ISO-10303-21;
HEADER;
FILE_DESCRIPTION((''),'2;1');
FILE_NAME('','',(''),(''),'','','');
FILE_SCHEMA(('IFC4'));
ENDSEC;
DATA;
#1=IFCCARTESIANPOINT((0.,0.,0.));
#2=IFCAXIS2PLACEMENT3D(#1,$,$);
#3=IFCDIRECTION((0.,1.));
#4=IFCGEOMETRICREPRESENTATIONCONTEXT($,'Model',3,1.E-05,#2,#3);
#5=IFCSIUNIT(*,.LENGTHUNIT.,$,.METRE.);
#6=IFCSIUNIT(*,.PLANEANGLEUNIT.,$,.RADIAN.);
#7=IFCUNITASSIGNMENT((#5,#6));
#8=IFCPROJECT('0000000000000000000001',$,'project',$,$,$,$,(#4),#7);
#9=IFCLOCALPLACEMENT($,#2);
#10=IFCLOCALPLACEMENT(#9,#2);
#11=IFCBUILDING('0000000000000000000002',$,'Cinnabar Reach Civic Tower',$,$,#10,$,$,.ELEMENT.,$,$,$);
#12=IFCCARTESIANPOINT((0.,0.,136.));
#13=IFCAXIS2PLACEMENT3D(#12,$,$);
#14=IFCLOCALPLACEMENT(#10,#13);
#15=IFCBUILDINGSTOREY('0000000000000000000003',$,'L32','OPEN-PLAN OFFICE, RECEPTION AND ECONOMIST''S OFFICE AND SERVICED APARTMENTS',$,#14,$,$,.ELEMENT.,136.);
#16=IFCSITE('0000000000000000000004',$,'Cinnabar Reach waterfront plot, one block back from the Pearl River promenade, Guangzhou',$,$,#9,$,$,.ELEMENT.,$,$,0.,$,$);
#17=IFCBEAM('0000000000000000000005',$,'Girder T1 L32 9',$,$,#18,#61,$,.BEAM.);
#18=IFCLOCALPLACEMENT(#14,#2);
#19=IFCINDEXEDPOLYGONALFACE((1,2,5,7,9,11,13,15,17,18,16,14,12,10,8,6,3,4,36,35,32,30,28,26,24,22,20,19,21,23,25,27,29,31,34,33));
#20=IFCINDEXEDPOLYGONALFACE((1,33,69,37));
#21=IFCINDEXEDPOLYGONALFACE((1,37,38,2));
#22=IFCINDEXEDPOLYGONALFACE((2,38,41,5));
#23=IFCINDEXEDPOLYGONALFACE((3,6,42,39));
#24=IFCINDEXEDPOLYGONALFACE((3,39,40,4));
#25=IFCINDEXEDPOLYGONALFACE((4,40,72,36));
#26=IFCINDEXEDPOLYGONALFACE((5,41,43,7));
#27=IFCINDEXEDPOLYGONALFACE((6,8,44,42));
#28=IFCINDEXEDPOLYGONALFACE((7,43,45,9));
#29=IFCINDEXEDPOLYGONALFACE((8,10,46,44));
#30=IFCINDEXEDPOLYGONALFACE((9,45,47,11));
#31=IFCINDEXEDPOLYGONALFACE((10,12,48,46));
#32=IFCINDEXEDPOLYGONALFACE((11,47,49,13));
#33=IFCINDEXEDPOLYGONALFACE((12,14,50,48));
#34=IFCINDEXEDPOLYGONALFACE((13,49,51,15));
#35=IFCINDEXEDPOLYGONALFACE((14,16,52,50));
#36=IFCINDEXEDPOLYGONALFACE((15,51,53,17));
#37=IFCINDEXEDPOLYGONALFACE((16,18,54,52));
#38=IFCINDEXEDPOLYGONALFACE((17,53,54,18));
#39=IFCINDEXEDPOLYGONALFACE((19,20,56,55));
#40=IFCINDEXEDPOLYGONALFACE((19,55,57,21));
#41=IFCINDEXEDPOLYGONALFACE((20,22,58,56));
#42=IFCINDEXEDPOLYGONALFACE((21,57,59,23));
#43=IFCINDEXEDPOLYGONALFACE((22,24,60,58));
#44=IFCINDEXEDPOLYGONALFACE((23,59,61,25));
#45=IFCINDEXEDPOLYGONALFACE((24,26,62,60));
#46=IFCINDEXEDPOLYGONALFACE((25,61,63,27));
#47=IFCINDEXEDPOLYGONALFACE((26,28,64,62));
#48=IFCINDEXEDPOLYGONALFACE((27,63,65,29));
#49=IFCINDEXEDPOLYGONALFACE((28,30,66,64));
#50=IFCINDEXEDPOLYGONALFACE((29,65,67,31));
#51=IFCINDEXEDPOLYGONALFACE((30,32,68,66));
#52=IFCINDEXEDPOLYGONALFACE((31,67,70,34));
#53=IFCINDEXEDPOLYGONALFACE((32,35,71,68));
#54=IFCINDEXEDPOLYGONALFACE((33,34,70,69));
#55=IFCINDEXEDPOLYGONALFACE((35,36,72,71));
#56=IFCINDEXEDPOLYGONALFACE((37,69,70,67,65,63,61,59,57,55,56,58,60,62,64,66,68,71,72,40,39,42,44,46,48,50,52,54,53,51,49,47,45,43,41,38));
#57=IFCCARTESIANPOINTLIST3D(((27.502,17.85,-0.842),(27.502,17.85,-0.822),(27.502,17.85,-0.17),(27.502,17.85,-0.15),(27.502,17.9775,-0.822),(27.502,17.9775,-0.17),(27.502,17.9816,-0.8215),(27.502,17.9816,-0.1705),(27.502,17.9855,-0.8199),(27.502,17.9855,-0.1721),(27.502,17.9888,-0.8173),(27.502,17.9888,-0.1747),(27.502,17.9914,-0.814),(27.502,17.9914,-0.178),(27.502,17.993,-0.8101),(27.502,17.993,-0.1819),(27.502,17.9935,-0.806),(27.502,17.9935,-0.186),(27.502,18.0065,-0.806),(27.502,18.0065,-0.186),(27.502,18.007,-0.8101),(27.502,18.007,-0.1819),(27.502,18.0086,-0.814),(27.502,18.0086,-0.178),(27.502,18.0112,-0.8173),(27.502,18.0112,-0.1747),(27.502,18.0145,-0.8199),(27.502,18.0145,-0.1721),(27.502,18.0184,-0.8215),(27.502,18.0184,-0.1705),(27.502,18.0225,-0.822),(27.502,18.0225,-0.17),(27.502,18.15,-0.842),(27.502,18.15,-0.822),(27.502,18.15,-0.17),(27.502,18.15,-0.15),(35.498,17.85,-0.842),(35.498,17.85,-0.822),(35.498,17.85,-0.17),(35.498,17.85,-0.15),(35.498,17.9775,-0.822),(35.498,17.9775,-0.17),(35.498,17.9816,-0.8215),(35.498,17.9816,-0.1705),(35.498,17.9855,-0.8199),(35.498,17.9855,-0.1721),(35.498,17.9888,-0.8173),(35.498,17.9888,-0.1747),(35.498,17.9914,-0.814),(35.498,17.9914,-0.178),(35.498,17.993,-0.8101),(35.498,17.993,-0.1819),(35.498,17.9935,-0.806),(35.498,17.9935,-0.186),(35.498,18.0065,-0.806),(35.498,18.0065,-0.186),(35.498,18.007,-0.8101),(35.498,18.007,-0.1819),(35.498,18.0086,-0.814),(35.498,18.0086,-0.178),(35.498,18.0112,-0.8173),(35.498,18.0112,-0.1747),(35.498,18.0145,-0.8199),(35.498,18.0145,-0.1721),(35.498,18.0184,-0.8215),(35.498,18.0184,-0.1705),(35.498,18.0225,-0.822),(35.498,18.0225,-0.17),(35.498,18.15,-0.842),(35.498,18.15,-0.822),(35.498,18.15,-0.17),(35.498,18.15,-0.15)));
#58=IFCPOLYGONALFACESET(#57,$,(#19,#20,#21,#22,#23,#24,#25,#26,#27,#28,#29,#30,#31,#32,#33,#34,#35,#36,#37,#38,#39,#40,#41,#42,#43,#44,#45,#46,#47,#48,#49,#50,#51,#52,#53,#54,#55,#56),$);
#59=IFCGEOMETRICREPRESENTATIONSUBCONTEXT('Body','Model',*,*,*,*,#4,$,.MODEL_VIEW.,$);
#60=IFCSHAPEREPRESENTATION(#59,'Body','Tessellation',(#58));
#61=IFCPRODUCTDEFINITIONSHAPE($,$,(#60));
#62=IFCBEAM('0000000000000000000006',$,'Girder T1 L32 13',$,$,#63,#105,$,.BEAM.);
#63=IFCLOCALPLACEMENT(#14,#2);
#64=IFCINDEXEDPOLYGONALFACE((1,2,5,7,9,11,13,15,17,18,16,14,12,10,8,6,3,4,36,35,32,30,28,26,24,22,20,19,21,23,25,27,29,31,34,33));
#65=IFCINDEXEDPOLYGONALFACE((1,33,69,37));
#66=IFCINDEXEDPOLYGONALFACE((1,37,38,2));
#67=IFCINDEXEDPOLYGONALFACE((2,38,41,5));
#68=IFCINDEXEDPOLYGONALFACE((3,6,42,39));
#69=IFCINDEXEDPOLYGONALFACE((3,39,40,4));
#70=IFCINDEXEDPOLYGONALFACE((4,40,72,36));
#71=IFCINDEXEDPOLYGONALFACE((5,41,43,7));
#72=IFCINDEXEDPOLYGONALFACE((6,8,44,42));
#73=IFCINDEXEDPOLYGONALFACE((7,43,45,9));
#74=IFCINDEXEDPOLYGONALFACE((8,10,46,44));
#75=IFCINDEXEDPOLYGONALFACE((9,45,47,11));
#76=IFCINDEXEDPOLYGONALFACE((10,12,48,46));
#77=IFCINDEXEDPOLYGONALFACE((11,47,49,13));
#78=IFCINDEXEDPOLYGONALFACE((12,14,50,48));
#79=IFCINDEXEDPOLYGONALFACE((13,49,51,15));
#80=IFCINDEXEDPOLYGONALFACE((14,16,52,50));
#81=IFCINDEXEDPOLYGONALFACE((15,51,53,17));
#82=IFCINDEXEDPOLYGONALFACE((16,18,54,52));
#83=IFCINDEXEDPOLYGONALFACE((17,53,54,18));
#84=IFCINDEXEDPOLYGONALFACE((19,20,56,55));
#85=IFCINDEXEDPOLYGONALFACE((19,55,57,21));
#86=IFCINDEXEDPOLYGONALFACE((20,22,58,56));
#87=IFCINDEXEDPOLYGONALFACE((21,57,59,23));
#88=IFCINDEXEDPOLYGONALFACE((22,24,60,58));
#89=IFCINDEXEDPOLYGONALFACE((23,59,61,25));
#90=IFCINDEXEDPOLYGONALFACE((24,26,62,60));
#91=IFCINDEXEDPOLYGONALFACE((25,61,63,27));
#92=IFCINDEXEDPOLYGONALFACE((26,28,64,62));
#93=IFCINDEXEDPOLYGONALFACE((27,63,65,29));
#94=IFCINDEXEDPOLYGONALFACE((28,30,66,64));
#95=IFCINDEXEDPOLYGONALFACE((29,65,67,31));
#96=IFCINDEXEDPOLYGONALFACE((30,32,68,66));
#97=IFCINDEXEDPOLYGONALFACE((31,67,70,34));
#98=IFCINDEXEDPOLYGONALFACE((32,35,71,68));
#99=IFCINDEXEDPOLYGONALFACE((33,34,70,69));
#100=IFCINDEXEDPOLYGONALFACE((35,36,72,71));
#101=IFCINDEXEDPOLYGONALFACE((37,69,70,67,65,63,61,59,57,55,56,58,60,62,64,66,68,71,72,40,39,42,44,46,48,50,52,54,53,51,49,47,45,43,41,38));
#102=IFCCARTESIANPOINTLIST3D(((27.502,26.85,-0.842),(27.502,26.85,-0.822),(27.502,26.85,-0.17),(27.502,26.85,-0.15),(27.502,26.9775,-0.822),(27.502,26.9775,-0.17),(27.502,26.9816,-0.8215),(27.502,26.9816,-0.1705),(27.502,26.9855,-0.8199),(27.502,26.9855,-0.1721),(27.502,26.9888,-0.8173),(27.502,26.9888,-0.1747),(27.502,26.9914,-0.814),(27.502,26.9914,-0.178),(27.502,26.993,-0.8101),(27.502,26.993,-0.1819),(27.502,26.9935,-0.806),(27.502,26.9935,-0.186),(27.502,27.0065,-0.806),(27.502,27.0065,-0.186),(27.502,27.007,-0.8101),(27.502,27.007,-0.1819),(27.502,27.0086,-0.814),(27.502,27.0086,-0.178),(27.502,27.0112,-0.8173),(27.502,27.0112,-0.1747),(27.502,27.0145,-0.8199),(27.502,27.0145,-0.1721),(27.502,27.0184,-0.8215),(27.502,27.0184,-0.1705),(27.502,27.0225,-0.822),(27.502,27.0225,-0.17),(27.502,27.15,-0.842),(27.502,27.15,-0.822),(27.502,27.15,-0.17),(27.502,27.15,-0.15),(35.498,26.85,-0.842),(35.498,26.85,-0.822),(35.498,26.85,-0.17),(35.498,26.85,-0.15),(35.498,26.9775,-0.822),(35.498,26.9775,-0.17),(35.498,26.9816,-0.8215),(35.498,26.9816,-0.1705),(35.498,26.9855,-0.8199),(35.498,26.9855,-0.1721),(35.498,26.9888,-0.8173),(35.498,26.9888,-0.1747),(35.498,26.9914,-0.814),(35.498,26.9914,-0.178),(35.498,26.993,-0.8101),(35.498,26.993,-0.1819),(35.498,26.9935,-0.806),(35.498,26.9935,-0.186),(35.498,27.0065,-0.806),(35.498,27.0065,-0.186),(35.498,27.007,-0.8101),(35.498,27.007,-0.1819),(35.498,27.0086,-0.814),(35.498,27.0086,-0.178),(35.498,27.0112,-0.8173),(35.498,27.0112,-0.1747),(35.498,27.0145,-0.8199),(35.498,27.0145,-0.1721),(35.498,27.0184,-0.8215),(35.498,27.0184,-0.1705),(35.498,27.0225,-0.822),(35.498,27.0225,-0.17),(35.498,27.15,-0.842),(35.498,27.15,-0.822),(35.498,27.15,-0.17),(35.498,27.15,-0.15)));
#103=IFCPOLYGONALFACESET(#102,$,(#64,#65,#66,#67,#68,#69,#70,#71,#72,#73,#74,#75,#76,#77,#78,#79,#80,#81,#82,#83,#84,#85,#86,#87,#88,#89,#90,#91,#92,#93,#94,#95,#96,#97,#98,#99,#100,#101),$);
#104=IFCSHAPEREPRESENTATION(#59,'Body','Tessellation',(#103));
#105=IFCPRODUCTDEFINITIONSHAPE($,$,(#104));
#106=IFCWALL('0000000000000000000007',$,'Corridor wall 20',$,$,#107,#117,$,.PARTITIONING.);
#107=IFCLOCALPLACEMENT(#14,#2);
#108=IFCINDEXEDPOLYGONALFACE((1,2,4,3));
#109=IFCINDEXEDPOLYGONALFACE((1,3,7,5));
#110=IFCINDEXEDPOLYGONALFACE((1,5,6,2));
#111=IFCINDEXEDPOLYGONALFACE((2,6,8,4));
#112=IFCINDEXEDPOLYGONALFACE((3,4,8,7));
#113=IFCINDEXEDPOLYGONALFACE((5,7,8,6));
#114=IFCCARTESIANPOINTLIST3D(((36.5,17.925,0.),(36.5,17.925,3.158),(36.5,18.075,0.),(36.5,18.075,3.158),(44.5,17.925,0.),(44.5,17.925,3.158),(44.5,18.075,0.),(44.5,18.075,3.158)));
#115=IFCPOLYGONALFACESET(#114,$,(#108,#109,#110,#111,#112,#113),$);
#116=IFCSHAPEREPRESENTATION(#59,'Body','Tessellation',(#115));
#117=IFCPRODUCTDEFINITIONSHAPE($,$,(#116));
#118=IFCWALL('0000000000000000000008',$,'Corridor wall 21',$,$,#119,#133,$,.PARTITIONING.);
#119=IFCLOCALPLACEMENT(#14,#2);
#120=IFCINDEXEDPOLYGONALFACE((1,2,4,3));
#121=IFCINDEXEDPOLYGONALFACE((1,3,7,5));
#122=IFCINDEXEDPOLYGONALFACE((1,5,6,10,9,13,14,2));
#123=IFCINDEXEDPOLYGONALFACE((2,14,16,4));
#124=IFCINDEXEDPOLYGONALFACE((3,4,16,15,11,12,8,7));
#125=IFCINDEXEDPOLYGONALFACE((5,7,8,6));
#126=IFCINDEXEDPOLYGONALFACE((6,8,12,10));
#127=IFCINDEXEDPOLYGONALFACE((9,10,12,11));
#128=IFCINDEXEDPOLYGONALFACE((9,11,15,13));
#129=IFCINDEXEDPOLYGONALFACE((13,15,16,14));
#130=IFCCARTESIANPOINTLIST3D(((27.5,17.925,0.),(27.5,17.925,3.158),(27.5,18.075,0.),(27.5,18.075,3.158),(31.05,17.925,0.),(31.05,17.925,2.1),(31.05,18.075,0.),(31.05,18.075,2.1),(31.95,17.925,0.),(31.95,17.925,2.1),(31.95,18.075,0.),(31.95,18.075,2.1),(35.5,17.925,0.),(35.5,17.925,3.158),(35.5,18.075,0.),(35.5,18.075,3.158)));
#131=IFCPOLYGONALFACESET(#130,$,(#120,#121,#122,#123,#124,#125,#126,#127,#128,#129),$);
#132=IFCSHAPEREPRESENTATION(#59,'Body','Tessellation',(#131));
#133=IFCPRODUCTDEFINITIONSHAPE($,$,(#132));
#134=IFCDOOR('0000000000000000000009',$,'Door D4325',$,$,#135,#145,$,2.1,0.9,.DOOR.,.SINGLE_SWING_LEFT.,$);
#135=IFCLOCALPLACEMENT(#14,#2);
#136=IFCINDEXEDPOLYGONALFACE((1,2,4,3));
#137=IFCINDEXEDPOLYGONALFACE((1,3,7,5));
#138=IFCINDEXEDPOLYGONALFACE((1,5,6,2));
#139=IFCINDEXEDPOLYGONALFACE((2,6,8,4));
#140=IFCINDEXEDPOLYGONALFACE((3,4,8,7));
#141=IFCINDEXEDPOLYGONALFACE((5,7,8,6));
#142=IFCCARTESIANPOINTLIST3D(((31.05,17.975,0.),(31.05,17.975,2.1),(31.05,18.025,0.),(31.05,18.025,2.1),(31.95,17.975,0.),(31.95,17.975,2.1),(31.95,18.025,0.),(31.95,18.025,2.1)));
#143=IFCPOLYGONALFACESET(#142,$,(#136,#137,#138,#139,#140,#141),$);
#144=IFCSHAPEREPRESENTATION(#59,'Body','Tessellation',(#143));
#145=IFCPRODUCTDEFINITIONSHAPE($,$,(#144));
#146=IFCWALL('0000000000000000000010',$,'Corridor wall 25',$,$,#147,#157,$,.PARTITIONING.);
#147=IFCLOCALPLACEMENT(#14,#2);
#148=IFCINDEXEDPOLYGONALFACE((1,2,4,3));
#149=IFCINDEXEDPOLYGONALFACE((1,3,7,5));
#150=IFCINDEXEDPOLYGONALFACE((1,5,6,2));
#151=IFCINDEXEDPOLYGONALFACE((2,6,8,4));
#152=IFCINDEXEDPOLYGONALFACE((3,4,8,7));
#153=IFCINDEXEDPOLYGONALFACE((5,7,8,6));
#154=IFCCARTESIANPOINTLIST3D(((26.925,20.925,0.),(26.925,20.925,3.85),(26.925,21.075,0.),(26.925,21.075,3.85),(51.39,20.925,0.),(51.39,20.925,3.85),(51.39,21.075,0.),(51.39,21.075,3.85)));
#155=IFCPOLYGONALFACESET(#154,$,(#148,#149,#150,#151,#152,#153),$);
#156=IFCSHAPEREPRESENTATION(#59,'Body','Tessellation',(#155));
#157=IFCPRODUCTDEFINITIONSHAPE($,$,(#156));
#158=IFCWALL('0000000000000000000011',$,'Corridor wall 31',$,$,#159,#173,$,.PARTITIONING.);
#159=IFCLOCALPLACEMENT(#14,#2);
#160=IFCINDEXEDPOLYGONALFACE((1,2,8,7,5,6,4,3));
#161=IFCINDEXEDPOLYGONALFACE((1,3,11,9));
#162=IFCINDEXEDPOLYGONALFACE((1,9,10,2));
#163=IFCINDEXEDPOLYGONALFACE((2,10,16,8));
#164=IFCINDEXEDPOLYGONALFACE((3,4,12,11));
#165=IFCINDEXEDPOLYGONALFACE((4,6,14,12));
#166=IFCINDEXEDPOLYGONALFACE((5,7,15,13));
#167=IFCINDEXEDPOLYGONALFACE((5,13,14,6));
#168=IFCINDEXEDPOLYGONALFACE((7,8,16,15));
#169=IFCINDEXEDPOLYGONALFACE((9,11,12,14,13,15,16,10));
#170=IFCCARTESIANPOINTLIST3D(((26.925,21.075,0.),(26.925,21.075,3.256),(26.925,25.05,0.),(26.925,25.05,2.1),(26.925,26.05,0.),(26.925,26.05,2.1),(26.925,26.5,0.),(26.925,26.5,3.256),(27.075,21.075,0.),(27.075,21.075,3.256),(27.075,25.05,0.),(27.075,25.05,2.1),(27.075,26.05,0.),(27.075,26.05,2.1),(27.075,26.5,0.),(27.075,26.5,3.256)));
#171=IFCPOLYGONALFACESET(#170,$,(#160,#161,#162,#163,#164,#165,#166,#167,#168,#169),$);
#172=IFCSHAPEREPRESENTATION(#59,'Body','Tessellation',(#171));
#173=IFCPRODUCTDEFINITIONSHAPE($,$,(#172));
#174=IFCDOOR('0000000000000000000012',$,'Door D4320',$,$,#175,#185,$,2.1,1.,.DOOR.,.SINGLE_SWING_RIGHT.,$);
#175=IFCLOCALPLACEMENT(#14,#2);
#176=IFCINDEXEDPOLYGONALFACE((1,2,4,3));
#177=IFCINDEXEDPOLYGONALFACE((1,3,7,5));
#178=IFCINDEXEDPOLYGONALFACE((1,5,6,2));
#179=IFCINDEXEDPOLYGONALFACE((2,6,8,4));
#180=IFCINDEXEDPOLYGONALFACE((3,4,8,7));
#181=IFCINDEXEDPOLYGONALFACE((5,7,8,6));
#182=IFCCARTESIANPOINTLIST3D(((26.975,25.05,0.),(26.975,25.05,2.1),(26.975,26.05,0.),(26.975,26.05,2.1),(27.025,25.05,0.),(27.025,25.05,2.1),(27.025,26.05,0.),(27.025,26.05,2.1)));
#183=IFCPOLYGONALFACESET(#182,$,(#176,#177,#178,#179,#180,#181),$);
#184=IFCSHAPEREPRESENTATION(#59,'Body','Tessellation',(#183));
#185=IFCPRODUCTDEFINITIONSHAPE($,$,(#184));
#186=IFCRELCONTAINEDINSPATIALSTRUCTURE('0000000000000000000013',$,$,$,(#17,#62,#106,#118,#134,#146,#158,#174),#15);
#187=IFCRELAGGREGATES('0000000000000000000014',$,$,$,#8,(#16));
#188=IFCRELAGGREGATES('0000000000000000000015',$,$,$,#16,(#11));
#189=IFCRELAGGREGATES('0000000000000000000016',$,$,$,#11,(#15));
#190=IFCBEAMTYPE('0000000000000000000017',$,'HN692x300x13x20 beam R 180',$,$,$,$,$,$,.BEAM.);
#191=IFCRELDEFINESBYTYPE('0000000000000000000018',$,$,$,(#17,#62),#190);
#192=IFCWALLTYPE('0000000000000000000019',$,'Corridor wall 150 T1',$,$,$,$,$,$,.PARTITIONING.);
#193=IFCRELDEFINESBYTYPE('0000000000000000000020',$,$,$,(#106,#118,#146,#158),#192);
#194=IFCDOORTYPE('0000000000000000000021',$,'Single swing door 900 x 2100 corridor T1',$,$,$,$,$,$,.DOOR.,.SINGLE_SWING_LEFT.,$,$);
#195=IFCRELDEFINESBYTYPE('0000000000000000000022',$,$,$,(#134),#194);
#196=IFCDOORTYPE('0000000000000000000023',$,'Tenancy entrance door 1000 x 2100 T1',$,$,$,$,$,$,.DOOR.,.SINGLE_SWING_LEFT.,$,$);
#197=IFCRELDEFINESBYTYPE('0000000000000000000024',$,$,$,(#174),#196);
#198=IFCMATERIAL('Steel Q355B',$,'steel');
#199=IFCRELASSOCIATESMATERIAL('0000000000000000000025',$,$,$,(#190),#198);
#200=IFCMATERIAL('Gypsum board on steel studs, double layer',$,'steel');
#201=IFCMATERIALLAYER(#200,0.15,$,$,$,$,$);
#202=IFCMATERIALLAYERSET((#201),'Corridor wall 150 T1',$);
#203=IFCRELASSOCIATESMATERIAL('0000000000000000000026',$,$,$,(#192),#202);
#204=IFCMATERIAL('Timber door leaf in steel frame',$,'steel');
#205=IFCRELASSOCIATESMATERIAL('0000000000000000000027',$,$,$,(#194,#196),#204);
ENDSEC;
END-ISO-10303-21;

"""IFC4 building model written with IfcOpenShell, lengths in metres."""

from ifc_helpers import new_model, si_unit, direction, frame, frame_2d, origin, origin_2d, place, context, subcontext, project, spatial, rectangle, i_section, extrude, material, layer, layer_set, material_profile, profile_set, type_object, element, fill, save


model = new_model("IFC4")

# Units and contexts
model_context = context("Model", 3, precision=1e-05, world=origin(), true_north=direction((0.0, 1.0)))
body_context = subcontext(model_context, "Body", "Model", "MODEL_VIEW")
ifc_project = project(units=[si_unit("LENGTHUNIT", "METRE"), si_unit("PLANEANGLEUNIT", "RADIAN")], contexts=[model_context])

# Site, building, storey
site_placement = place(None, origin())
site = spatial("IfcSite", under=ifc_project, at=site_placement, Name="Cinnabar Reach waterfront plot, one block back from the Pearl River promenade, Guangzhou", CompositionType="ELEMENT", RefElevation=0.0)
building_placement = place(site_placement, origin())
building = spatial("IfcBuilding", under=site, at=building_placement, Name="Cinnabar Reach Civic Tower", CompositionType="ELEMENT")
storey_placement = place(building_placement, frame((0.0, 0.0, 136.0)))
storey = spatial("IfcBuildingStorey", under=building, at=storey_placement, Name="L32", Description="OPEN-PLAN OFFICE, RECEPTION AND ECONOMIST'S OFFICE AND SERVICED APARTMENTS", CompositionType="ELEMENT", Elevation=136.0)

# Beams
ifc_material_1 = material(Name="Steel Q355B", Category="steel")
ifc_material_profile_1 = material_profile(ifc_material_1, i_section(OverallWidth=0.3, OverallDepth=0.692, WebThickness=0.013, FlangeThickness=0.02, FilletRadius=0.016, at=origin_2d()), Name="HN692x300x13x20")
ifc_profile_set_1 = profile_set([ifc_material_profile_1], Name="Steel Q355B")
beam_type_1 = type_object("IfcBeamType", Name="HN692x300x13x20 beam R 180", PredefinedType="BEAM", material=ifc_profile_set_1)
for number, where, z_axis, x_axis, name in (
    (1, (27.502, 18.0, -0.496), (1.0, 0.0, 0.0), (0.0, 1.0, 0.0), "Girder T1 L32 9"),
    (2, (27.502, 27.0, -0.496), (1.0, 0.0, 0.0), (0.0, 1.0, 0.0), "Girder T1 L32 13"),
):
    element("IfcBeam", number, at=place(storey_placement, frame(where, z_axis=z_axis, x_axis=x_axis)), inside=storey, type_object=beam_type_1, Name=name, PredefinedType="BEAM", context=body_context, shape_type="SweptSolid", body=[
        extrude(i_section(OverallWidth=0.3, OverallDepth=0.692, WebThickness=0.013, FlangeThickness=0.02, FilletRadius=0.016, at=origin_2d()), origin(), (0.0, 0.0, 1.0), 7.996),
    ])

# Wall
ifc_material_2 = material(Name="Gypsum board on steel studs, double layer", Category="steel")
ifc_layer_1 = layer(ifc_material_2, 0.15)
ifc_layer_set_1 = layer_set([ifc_layer_1], Name="Corridor wall 150 T1")
wall_type_1 = type_object("IfcWallType", Name="Corridor wall 150 T1", PredefinedType="PARTITIONING", material=ifc_layer_set_1)
wall_1_placement = place(storey_placement, frame((36.5, 18.0, 0.0), z_axis=(0.0, 0.0, 1.0), x_axis=(1.0, 0.0, 0.0)))
element("IfcWall", 3, at=wall_1_placement, inside=storey, type_object=wall_type_1, Name="Corridor wall 20", PredefinedType="PARTITIONING", context=body_context, shape_type="SweptSolid", body=[
    extrude(rectangle(XDim=8.0, YDim=0.15, at=frame_2d((4.0, 0.0))), origin(), (0.0, 0.0, 1.0), 3.158),
])

# Wall, opening, door
wall_2_placement = place(storey_placement, frame((27.5, 18.0, 0.0), z_axis=(0.0, 0.0, 1.0), x_axis=(1.0, 0.0, 0.0)))
wall_2 = element("IfcWall", 4, at=wall_2_placement, inside=storey, type_object=wall_type_1, Name="Corridor wall 21", PredefinedType="PARTITIONING", context=body_context, shape_type="SweptSolid", body=[
    extrude(rectangle(XDim=8.0, YDim=0.15, at=frame_2d((4.0, 0.0))), origin(), (0.0, 0.0, 1.0), 3.158),
])
opening_1_placement = place(wall_2_placement, frame((3.55, 0.0, 0.0)))
opening_1 = element("IfcOpeningElement", 5, at=opening_1_placement, cuts=wall_2, PredefinedType="OPENING", context=body_context, shape_type="SweptSolid", body=[
    extrude(rectangle(XDim=0.9, YDim=2.1, at=frame_2d((0.45, 1.05))), frame((0.0, 0.085, 0.0), z_axis=(0.0, -1.0, 0.0), x_axis=(1.0, 0.0, 0.0)), (0.0, 0.0, 1.0), 0.17),
])
ifc_material_3 = material(Name="Timber door leaf in steel frame", Category="steel")
door_type_1 = type_object("IfcDoorType", Name="Single swing door 900 x 2100 corridor T1", OperationType="SINGLE_SWING_LEFT", PredefinedType="DOOR", material=ifc_material_3)
door_1_placement = place(opening_1_placement, frame((0.9, 0.0, 0.0), z_axis=(0.0, 0.0, 1.0), x_axis=(-1.0, 0.0, 0.0)))
door_1 = element("IfcDoor", 6, at=door_1_placement, inside=storey, type_object=door_type_1, Name="Door D4325", OperationType="SINGLE_SWING_LEFT", OverallHeight=2.1, OverallWidth=0.9, PredefinedType="DOOR", context=body_context, shape_type="SweptSolid", body=[
    extrude(rectangle(XDim=0.9, YDim=2.1, at=frame_2d((0.45, 1.05))), frame((0.0, 0.025, 0.0), z_axis=(0.0, -1.0, 0.0), x_axis=(1.0, 0.0, 0.0)), (0.0, 0.0, 1.0), 0.05),
])
fill(opening_1, door_1)

# Wall
wall_3_placement = place(storey_placement, frame((26.925, 21.0, 0.0), z_axis=(0.0, 0.0, 1.0), x_axis=(1.0, 0.0, 0.0)))
element("IfcWall", 7, at=wall_3_placement, inside=storey, type_object=wall_type_1, Name="Corridor wall 25", PredefinedType="PARTITIONING", context=body_context, shape_type="SweptSolid", body=[
    extrude(rectangle(XDim=24.465, YDim=0.15, at=frame_2d((12.2325, 0.0))), origin(), (0.0, 0.0, 1.0), 3.85),
])

# Wall, opening, door
wall_4_placement = place(storey_placement, frame((27.0, 21.075, 0.0), z_axis=(0.0, 0.0, 1.0), x_axis=(0.0, 1.0, 0.0)))
wall_4 = element("IfcWall", 8, at=wall_4_placement, inside=storey, type_object=wall_type_1, Name="Corridor wall 31", PredefinedType="PARTITIONING", context=body_context, shape_type="SweptSolid", body=[
    extrude(rectangle(XDim=5.425, YDim=0.15, at=frame_2d((2.7125, 0.0))), origin(), (0.0, 0.0, 1.0), 3.256),
])
opening_2_placement = place(wall_4_placement, frame((3.975, 0.0, 0.0)))
opening_2 = element("IfcOpeningElement", 9, at=opening_2_placement, cuts=wall_4, PredefinedType="OPENING", context=body_context, shape_type="SweptSolid", body=[
    extrude(rectangle(XDim=1.0, YDim=2.1, at=frame_2d((0.5, 1.05))), frame((0.0, 0.085, 0.0), z_axis=(0.0, -1.0, 0.0), x_axis=(1.0, 0.0, 0.0)), (0.0, 0.0, 1.0), 0.17),
])
door_type_2 = type_object("IfcDoorType", Name="Tenancy entrance door 1000 x 2100 T1", OperationType="SINGLE_SWING_LEFT", PredefinedType="DOOR", material=ifc_material_3)
door_2_placement = place(opening_2_placement, frame((1.0, 0.0, 0.0), z_axis=(0.0, 0.0, 1.0), x_axis=(-1.0, 0.0, 0.0)))
door_2 = element("IfcDoor", 10, at=door_2_placement, inside=storey, type_object=door_type_2, Name="Door D4320", OperationType="SINGLE_SWING_RIGHT", OverallHeight=2.1, OverallWidth=1.0, PredefinedType="DOOR", context=body_context, shape_type="SweptSolid", body=[
    extrude(rectangle(XDim=1.0, YDim=2.1, at=frame_2d((0.5, 1.05))), frame((0.0, 0.025, 0.0), z_axis=(0.0, -1.0, 0.0), x_axis=(1.0, 0.0, 0.0)), (0.0, 0.0, 1.0), 0.05),
])
fill(opening_2, door_2)

save(model, "model.ifc")
